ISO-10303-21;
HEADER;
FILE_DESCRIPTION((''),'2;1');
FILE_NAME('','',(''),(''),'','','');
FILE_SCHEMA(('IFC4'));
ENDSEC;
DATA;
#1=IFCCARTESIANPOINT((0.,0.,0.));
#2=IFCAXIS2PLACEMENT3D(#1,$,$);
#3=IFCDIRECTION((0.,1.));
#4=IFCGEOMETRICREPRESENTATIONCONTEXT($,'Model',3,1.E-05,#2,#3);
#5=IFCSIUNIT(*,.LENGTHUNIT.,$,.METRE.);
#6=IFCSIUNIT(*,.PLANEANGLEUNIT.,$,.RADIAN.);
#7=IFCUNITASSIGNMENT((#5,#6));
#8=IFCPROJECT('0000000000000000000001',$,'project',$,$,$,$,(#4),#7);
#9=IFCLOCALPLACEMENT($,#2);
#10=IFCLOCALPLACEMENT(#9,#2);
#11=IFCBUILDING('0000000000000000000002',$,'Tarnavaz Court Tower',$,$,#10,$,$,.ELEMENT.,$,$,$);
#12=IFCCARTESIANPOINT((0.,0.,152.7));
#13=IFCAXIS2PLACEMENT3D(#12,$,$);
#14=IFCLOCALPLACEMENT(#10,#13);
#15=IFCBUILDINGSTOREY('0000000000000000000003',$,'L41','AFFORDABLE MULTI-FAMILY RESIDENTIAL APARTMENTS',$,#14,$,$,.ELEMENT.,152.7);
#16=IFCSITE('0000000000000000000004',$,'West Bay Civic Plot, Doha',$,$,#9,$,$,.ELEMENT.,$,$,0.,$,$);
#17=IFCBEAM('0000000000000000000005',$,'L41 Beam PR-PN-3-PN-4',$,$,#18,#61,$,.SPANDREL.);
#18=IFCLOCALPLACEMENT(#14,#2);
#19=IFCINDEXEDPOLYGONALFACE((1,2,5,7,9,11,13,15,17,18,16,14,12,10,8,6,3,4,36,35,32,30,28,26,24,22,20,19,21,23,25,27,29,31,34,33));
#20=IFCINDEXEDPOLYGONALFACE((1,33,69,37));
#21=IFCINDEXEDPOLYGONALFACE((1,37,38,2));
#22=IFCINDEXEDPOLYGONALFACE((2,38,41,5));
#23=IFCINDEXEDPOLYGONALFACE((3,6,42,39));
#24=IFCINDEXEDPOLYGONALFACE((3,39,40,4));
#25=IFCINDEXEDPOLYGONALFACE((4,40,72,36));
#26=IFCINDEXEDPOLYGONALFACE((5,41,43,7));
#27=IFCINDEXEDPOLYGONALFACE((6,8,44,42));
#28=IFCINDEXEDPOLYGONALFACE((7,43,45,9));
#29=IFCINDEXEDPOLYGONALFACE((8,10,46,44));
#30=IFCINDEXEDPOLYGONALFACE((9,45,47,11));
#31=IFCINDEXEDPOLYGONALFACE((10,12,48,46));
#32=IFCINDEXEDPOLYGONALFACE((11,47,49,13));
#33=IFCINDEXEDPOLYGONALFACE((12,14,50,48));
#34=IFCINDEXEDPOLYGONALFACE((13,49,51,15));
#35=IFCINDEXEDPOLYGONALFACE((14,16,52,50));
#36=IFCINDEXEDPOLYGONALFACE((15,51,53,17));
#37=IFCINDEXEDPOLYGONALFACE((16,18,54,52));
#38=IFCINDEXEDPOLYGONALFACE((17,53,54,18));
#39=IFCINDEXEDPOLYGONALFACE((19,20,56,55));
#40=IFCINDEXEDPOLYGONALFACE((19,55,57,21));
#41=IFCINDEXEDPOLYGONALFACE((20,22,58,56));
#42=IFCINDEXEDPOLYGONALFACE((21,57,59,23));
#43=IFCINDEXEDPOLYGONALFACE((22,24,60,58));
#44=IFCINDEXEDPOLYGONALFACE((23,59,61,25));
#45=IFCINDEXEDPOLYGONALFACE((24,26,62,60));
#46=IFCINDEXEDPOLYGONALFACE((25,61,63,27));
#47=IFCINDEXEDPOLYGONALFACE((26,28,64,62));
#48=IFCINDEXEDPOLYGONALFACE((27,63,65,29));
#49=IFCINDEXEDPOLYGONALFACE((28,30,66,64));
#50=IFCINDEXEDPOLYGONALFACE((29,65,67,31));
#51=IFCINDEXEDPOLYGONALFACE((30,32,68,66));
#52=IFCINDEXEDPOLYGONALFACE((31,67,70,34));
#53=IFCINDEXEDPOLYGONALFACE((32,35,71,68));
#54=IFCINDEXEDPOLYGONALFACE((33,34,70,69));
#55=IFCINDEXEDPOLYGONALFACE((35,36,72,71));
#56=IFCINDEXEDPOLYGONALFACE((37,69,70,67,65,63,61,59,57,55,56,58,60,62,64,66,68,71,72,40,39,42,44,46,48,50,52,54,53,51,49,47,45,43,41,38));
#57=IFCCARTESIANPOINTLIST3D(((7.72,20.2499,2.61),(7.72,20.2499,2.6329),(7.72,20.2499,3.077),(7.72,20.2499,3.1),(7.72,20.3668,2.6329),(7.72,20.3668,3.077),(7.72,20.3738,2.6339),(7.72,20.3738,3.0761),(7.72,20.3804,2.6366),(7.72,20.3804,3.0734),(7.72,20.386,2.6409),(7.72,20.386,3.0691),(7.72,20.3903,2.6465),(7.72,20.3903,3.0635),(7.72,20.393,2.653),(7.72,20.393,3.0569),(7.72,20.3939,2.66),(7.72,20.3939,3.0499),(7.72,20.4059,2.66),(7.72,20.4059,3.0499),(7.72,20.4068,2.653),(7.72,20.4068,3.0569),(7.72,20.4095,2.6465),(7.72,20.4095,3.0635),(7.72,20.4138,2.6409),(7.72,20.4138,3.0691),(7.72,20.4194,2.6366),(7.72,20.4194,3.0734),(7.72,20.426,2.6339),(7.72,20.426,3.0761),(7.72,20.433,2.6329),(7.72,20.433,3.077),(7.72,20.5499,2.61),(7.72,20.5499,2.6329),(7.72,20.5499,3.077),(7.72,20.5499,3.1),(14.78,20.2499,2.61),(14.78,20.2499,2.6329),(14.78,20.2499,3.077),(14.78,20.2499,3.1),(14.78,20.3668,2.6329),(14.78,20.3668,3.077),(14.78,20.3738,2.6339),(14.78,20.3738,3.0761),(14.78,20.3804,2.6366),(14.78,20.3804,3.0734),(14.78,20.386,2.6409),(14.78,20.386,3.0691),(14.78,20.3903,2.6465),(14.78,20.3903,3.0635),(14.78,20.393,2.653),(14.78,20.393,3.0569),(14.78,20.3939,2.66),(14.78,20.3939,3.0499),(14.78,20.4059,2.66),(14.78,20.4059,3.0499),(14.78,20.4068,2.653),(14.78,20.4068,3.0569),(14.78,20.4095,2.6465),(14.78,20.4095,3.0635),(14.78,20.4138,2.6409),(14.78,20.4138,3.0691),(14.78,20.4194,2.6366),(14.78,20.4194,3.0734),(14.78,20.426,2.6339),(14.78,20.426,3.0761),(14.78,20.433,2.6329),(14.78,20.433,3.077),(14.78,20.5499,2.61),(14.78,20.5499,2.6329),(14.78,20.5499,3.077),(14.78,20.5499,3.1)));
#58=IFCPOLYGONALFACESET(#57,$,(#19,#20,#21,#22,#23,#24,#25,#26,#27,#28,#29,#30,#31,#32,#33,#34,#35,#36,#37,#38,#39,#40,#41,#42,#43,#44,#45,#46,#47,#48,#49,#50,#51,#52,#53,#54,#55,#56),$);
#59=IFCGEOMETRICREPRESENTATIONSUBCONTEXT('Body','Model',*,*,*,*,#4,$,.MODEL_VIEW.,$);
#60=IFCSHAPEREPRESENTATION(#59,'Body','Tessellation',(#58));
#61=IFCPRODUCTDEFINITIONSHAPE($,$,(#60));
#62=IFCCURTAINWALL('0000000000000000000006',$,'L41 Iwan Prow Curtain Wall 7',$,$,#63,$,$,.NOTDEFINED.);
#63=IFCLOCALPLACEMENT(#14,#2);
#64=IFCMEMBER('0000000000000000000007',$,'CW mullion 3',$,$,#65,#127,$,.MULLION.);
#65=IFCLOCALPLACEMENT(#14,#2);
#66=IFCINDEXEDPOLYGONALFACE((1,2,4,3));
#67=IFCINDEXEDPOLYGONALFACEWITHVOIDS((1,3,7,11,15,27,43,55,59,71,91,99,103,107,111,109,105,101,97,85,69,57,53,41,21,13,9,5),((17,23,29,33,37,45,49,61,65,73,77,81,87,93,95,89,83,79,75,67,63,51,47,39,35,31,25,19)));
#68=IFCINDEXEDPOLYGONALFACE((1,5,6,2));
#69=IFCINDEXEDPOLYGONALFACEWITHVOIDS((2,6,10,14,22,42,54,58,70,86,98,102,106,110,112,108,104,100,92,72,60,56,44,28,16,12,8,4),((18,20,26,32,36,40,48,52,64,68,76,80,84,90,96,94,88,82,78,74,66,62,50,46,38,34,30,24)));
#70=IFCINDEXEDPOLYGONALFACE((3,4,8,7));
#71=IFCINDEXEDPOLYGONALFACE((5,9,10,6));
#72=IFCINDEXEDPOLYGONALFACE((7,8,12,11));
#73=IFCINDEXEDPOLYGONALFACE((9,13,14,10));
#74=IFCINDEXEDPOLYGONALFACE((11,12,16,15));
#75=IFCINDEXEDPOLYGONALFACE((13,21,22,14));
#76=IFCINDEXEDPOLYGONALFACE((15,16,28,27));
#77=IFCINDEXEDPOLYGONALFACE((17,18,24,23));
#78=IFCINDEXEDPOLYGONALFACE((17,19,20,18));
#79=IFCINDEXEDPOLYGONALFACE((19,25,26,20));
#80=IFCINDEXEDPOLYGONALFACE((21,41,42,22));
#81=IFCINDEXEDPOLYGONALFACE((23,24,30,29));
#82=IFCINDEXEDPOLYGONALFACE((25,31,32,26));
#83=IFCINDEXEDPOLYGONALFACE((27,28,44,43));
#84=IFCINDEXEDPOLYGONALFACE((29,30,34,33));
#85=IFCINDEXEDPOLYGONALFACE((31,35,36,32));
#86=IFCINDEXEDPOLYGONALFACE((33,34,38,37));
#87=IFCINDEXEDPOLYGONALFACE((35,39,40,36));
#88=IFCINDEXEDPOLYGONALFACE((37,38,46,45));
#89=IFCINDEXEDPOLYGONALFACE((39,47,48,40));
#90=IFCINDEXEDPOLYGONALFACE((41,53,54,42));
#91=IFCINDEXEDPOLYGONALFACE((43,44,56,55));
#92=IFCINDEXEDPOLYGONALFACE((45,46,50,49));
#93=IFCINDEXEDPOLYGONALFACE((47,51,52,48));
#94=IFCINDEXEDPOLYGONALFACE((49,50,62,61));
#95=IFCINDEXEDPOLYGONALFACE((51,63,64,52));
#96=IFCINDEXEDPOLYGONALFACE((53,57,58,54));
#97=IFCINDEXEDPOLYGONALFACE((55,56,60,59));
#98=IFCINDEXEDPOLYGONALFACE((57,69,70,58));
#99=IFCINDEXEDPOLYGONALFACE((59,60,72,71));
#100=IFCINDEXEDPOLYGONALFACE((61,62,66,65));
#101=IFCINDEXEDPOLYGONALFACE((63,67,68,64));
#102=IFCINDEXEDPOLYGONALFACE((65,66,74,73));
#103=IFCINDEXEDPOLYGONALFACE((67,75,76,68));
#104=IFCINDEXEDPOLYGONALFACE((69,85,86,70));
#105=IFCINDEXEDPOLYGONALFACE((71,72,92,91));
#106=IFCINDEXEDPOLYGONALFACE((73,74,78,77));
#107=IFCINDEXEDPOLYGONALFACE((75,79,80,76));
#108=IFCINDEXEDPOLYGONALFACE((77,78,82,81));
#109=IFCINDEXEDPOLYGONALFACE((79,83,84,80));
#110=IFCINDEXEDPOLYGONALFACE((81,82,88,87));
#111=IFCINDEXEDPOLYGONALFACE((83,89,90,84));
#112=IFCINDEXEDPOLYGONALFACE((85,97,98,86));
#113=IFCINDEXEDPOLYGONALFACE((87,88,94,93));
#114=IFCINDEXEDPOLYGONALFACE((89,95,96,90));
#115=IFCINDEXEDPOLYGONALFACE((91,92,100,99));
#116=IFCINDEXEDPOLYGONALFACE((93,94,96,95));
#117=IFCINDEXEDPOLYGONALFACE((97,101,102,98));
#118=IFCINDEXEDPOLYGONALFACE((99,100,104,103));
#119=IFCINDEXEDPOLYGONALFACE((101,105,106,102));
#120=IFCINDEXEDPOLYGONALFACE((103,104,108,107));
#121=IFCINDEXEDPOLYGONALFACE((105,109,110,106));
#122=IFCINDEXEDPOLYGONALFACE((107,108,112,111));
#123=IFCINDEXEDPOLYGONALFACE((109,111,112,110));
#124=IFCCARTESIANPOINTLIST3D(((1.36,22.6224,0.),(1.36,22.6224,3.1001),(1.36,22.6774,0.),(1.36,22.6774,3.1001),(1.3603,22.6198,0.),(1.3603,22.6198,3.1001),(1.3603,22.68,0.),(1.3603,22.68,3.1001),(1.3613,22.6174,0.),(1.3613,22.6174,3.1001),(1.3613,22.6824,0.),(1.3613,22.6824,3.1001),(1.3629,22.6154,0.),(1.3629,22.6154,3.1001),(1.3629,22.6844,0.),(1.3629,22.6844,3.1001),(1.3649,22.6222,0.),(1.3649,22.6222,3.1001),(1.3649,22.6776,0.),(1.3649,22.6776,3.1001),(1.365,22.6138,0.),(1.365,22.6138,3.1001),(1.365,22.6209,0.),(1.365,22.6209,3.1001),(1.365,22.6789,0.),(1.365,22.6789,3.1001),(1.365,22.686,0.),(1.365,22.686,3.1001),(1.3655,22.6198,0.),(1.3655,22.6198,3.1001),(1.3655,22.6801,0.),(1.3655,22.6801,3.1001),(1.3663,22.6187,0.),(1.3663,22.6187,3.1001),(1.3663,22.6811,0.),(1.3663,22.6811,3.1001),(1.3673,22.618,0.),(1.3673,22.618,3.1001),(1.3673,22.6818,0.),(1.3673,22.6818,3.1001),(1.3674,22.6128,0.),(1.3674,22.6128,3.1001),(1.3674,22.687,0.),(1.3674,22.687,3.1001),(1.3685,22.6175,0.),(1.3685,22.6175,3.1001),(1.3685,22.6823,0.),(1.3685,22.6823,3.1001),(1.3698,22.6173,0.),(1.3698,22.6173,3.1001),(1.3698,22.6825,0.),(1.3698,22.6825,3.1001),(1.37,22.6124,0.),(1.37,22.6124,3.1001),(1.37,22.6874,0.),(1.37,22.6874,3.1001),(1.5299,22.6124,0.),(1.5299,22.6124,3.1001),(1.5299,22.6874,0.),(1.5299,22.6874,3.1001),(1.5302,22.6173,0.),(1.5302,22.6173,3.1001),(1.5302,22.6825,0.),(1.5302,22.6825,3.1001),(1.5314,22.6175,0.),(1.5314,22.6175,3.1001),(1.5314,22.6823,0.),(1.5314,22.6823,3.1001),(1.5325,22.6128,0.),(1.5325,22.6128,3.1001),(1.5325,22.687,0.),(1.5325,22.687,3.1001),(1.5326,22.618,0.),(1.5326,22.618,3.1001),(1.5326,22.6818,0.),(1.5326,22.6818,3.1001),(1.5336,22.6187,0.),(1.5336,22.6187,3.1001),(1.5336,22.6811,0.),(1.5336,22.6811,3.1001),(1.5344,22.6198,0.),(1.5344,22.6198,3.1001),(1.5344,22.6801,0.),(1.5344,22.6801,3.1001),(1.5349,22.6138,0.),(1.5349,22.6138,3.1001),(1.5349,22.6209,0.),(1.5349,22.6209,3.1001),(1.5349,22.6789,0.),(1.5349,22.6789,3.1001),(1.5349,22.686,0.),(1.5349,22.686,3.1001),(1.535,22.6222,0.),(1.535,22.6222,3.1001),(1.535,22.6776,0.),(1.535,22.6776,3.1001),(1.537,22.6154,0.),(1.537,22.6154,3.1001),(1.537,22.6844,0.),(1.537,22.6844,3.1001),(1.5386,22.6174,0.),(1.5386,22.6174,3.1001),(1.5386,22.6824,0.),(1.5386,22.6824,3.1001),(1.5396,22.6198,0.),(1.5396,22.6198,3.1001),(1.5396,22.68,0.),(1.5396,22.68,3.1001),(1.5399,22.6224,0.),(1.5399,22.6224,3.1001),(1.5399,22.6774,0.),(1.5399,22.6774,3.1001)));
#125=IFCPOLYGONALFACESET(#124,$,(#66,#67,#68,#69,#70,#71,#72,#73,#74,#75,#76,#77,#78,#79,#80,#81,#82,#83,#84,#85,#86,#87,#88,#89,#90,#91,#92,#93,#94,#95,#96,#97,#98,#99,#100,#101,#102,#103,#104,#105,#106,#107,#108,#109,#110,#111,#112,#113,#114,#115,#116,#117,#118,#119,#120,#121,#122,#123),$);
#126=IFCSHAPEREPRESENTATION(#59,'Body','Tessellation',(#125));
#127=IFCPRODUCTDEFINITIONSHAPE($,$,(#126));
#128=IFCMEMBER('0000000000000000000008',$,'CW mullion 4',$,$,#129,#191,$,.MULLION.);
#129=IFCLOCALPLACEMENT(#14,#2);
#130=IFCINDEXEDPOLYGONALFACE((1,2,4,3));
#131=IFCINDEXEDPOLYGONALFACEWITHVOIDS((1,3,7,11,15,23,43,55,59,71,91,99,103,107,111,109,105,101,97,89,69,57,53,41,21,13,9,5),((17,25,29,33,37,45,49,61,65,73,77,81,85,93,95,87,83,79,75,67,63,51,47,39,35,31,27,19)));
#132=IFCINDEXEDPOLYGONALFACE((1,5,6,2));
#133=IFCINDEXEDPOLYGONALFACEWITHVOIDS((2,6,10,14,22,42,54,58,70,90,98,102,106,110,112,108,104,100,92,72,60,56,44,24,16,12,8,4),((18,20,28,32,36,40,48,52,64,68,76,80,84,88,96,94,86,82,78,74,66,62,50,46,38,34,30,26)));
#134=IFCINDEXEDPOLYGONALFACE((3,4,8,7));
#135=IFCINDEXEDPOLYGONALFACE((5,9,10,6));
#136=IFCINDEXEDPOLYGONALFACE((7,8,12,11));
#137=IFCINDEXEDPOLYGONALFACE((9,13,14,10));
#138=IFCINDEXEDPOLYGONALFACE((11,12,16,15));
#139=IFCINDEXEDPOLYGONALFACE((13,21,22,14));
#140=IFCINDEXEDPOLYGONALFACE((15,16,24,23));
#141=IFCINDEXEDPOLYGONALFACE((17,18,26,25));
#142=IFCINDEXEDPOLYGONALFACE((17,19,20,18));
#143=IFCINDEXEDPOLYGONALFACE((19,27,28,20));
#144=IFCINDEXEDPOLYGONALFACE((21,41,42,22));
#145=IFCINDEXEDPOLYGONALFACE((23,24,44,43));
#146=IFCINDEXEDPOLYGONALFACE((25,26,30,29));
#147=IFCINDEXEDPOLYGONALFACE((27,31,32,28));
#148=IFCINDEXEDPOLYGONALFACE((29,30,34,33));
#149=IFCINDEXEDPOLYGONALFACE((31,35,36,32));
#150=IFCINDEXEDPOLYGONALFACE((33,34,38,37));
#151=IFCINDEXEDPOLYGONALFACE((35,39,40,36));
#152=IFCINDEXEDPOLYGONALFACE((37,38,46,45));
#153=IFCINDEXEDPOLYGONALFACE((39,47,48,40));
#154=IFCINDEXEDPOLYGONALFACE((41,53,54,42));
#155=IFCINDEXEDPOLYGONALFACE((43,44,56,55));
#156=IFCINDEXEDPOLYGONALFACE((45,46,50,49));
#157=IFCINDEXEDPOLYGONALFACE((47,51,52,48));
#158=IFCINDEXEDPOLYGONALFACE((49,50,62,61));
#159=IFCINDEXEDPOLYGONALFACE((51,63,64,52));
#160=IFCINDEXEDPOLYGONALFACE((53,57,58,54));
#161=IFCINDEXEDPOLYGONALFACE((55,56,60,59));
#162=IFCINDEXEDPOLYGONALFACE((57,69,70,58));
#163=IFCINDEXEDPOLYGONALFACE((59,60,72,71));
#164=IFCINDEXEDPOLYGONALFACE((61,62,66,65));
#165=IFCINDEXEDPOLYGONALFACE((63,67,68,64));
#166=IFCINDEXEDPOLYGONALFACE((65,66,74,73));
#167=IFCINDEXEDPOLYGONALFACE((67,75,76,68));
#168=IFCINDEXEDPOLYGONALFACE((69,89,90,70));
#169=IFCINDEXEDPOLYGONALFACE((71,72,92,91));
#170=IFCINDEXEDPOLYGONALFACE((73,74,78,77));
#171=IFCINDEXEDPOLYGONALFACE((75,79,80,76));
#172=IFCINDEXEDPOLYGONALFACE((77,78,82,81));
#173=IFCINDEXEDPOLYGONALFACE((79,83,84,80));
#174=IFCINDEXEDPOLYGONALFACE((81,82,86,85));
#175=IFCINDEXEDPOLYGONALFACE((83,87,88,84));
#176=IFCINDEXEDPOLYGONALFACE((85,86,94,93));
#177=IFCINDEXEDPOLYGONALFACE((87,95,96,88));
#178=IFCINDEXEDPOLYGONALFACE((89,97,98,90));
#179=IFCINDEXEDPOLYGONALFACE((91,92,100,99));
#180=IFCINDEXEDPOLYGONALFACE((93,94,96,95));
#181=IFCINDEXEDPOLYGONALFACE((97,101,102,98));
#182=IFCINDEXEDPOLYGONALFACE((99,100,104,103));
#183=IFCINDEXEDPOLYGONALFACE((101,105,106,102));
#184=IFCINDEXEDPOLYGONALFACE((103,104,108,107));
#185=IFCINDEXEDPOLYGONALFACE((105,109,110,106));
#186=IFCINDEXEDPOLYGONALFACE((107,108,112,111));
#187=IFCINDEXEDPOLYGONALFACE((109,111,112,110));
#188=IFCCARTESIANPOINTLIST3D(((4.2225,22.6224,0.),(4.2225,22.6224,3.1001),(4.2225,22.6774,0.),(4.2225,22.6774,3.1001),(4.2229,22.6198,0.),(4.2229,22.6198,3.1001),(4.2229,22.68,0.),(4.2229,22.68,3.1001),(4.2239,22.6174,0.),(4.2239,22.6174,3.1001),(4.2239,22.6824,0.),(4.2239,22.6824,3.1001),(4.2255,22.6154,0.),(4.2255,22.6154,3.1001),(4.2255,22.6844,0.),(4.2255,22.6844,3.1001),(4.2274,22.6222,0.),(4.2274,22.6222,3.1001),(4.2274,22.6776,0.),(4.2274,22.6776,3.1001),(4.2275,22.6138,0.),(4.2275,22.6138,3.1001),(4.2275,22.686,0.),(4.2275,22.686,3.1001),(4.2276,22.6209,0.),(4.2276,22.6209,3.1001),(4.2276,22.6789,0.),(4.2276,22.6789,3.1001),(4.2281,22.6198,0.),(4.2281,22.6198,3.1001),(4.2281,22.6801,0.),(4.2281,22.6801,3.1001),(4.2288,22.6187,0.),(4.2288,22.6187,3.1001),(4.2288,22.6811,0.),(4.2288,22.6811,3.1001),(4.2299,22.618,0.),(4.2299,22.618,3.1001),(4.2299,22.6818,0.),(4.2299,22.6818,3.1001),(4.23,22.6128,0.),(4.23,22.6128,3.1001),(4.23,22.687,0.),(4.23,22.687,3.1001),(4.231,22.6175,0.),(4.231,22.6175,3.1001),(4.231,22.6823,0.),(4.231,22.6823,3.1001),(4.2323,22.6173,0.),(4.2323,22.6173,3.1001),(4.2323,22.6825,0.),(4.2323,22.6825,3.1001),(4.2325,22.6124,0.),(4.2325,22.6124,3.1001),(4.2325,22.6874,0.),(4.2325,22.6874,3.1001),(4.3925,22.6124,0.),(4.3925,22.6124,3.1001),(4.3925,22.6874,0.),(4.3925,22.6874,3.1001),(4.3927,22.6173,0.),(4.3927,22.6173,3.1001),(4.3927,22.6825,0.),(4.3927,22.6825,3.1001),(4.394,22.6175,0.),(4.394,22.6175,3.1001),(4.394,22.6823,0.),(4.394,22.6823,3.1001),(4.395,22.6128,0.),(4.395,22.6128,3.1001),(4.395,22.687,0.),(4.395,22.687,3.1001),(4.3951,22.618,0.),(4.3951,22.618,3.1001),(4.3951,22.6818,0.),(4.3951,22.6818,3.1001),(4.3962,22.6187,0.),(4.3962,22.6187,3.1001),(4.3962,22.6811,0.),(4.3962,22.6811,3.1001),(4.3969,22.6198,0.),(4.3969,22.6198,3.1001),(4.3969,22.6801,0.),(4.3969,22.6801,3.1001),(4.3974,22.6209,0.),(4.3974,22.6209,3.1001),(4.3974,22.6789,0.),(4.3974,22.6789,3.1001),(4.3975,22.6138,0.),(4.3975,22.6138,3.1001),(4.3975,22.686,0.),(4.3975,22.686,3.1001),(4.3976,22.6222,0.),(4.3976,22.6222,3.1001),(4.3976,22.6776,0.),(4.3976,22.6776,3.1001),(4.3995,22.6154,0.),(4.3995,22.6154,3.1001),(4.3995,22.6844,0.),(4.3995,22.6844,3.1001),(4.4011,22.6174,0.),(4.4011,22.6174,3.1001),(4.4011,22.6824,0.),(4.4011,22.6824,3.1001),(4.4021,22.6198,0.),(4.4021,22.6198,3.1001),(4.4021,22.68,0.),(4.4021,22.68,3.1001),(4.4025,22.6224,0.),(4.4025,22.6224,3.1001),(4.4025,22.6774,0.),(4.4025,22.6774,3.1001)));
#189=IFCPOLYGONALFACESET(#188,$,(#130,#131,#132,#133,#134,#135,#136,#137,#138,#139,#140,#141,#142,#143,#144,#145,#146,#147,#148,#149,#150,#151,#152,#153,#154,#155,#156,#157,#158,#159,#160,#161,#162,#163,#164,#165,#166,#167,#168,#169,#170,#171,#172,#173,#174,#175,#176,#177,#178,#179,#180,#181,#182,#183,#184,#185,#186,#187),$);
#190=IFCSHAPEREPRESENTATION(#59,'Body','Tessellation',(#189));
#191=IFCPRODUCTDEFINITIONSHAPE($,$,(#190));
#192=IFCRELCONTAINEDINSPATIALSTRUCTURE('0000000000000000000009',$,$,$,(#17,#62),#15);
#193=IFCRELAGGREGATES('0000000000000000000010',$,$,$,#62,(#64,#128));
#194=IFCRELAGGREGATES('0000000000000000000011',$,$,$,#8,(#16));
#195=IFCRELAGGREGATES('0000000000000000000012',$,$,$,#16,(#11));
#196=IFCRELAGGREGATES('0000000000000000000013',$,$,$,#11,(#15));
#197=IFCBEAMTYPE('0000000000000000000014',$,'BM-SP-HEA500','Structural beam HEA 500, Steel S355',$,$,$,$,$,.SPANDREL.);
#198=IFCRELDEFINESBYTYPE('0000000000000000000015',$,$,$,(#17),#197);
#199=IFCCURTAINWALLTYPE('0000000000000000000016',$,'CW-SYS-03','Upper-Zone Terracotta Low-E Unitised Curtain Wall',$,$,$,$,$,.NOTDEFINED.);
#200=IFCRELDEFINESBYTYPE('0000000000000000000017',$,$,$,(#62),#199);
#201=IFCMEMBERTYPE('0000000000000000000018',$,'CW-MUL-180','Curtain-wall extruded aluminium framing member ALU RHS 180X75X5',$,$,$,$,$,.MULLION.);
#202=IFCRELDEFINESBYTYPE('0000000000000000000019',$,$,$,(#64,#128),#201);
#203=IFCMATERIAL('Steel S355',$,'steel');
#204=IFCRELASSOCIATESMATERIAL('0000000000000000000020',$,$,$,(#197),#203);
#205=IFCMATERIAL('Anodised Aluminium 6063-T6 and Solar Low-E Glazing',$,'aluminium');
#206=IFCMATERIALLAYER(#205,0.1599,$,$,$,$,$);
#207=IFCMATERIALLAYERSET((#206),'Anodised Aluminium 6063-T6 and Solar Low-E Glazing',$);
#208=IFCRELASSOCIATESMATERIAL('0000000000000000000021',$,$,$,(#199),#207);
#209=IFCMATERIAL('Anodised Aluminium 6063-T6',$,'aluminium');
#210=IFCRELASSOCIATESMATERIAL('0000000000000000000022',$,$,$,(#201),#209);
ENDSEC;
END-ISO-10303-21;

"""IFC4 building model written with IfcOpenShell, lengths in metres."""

from ifc_helpers import new_model, si_unit, direction, frame, origin, origin_2d, place, context, subcontext, project, spatial, hollow_rectangle, i_section, extrude, material, layer, layer_set, material_profile, profile_set, type_object, element, aggregate, save


model = new_model("IFC4")

# Units and contexts
model_context = context("Model", 3, precision=1e-05, world=origin(), true_north=direction((0.0, 1.0)))
body_context = subcontext(model_context, "Body", "Model", "MODEL_VIEW")
ifc_project = project(units=[si_unit("LENGTHUNIT", "METRE"), si_unit("PLANEANGLEUNIT", "RADIAN")], contexts=[model_context])

# Site, building, storey
site_placement = place(None, origin())
site = spatial("IfcSite", under=ifc_project, at=site_placement, Name="West Bay Civic Plot, Doha", CompositionType="ELEMENT", RefElevation=0.0)
building_placement = place(site_placement, origin())
building = spatial("IfcBuilding", under=site, at=building_placement, Name="Tarnavaz Court Tower", CompositionType="ELEMENT")
storey_placement = place(building_placement, frame((0.0, 0.0, 152.7)))
storey = spatial("IfcBuildingStorey", under=building, at=storey_placement, Name="L41", Description="AFFORDABLE MULTI-FAMILY RESIDENTIAL APARTMENTS", CompositionType="ELEMENT", Elevation=152.7)

# Beam
ifc_material_1 = material(Name="Steel S355", Category="steel")
ifc_material_profile_1 = material_profile(ifc_material_1, i_section(OverallWidth=0.3, OverallDepth=0.49, WebThickness=0.012, FlangeThickness=0.0229, FilletRadius=0.0271, at=origin_2d()), Name="HEA 500")
ifc_profile_set_1 = profile_set([ifc_material_profile_1], Name="Steel S355")
beam_type_1 = type_object("IfcBeamType", Name="BM-SP-HEA500", Description="Structural beam HEA 500, Steel S355", PredefinedType="SPANDREL", material=ifc_profile_set_1)
beam_placement = place(storey_placement, frame((7.72, 20.3999, 2.855), z_axis=(1.0, 0.0, 0.0), x_axis=(0.0, 1.0, 0.0)))
element("IfcBeam", 1, at=beam_placement, inside=storey, type_object=beam_type_1, Name="L41 Beam PR-PN-3-PN-4", PredefinedType="SPANDREL", context=body_context, shape_type="SweptSolid", body=[
    extrude(i_section(OverallWidth=0.3, OverallDepth=0.49, WebThickness=0.012, FlangeThickness=0.0229, FilletRadius=0.0271, at=origin_2d()), origin(), (0.0, 0.0, 1.0), 7.0601),
])

# Curtain wall, members
ifc_material_2 = material(Name="Anodised Aluminium 6063-T6 and Solar Low-E Glazing", Category="aluminium")
ifc_layer_1 = layer(ifc_material_2, 0.1599)
ifc_layer_set_1 = layer_set([ifc_layer_1], Name="Anodised Aluminium 6063-T6 and Solar Low-E Glazing")
curtain_wall_type = type_object("IfcCurtainWallType", Name="CW-SYS-03", Description="Upper-Zone Terracotta Low-E Unitised Curtain Wall", PredefinedType="NOTDEFINED", material=ifc_layer_set_1)
curtain_wall_placement = place(storey_placement, origin())
curtain_wall = element("IfcCurtainWall", 2, at=curtain_wall_placement, inside=storey, type_object=curtain_wall_type, Name="L41 Iwan Prow Curtain Wall 7", PredefinedType="NOTDEFINED")
ifc_material_3 = material(Name="Anodised Aluminium 6063-T6", Category="aluminium")
ifc_material_profile_2 = material_profile(ifc_material_3, hollow_rectangle(XDim=0.075, YDim=0.1799, WallThickness=0.0049, InnerFilletRadius=0.0049, OuterFilletRadius=0.01, at=origin_2d()), Name="ALU RHS 180X75X5")
ifc_profile_set_2 = profile_set([ifc_material_profile_2], Name="Anodised Aluminium 6063-T6")
member_type_1 = type_object("IfcMemberType", Name="CW-MUL-180", Description="Curtain-wall extruded aluminium framing member ALU RHS 180X75X5", PredefinedType="MULLION", material=ifc_profile_set_2)
member_1_placement = place(storey_placement, frame((1.45, 22.6499, 0.0), z_axis=(0.0, 0.0, 1.0), x_axis=(0.0, 1.0, 0.0)))
member_1 = element("IfcMember", 3, at=member_1_placement, type_object=member_type_1, Name="CW mullion 3", PredefinedType="MULLION", context=body_context, shape_type="SweptSolid", body=[
    extrude(hollow_rectangle(XDim=0.075, YDim=0.1799, WallThickness=0.0049, InnerFilletRadius=0.0049, OuterFilletRadius=0.01, at=origin_2d()), origin(), (0.0, 0.0, 1.0), 3.1001),
])
member_2_placement = place(storey_placement, frame((4.3125, 22.6499, 0.0), z_axis=(0.0, 0.0, 1.0), x_axis=(0.0, 1.0, 0.0)))
member_2 = element("IfcMember", 4, at=member_2_placement, type_object=member_type_1, Name="CW mullion 4", PredefinedType="MULLION", context=body_context, shape_type="SweptSolid", body=[
    extrude(hollow_rectangle(XDim=0.075, YDim=0.1799, WallThickness=0.0049, InnerFilletRadius=0.0049, OuterFilletRadius=0.01, at=origin_2d()), origin(), (0.0, 0.0, 1.0), 3.1001),
])
aggregate(curtain_wall, [member_1, member_2])

save(model, "model.ifc")
